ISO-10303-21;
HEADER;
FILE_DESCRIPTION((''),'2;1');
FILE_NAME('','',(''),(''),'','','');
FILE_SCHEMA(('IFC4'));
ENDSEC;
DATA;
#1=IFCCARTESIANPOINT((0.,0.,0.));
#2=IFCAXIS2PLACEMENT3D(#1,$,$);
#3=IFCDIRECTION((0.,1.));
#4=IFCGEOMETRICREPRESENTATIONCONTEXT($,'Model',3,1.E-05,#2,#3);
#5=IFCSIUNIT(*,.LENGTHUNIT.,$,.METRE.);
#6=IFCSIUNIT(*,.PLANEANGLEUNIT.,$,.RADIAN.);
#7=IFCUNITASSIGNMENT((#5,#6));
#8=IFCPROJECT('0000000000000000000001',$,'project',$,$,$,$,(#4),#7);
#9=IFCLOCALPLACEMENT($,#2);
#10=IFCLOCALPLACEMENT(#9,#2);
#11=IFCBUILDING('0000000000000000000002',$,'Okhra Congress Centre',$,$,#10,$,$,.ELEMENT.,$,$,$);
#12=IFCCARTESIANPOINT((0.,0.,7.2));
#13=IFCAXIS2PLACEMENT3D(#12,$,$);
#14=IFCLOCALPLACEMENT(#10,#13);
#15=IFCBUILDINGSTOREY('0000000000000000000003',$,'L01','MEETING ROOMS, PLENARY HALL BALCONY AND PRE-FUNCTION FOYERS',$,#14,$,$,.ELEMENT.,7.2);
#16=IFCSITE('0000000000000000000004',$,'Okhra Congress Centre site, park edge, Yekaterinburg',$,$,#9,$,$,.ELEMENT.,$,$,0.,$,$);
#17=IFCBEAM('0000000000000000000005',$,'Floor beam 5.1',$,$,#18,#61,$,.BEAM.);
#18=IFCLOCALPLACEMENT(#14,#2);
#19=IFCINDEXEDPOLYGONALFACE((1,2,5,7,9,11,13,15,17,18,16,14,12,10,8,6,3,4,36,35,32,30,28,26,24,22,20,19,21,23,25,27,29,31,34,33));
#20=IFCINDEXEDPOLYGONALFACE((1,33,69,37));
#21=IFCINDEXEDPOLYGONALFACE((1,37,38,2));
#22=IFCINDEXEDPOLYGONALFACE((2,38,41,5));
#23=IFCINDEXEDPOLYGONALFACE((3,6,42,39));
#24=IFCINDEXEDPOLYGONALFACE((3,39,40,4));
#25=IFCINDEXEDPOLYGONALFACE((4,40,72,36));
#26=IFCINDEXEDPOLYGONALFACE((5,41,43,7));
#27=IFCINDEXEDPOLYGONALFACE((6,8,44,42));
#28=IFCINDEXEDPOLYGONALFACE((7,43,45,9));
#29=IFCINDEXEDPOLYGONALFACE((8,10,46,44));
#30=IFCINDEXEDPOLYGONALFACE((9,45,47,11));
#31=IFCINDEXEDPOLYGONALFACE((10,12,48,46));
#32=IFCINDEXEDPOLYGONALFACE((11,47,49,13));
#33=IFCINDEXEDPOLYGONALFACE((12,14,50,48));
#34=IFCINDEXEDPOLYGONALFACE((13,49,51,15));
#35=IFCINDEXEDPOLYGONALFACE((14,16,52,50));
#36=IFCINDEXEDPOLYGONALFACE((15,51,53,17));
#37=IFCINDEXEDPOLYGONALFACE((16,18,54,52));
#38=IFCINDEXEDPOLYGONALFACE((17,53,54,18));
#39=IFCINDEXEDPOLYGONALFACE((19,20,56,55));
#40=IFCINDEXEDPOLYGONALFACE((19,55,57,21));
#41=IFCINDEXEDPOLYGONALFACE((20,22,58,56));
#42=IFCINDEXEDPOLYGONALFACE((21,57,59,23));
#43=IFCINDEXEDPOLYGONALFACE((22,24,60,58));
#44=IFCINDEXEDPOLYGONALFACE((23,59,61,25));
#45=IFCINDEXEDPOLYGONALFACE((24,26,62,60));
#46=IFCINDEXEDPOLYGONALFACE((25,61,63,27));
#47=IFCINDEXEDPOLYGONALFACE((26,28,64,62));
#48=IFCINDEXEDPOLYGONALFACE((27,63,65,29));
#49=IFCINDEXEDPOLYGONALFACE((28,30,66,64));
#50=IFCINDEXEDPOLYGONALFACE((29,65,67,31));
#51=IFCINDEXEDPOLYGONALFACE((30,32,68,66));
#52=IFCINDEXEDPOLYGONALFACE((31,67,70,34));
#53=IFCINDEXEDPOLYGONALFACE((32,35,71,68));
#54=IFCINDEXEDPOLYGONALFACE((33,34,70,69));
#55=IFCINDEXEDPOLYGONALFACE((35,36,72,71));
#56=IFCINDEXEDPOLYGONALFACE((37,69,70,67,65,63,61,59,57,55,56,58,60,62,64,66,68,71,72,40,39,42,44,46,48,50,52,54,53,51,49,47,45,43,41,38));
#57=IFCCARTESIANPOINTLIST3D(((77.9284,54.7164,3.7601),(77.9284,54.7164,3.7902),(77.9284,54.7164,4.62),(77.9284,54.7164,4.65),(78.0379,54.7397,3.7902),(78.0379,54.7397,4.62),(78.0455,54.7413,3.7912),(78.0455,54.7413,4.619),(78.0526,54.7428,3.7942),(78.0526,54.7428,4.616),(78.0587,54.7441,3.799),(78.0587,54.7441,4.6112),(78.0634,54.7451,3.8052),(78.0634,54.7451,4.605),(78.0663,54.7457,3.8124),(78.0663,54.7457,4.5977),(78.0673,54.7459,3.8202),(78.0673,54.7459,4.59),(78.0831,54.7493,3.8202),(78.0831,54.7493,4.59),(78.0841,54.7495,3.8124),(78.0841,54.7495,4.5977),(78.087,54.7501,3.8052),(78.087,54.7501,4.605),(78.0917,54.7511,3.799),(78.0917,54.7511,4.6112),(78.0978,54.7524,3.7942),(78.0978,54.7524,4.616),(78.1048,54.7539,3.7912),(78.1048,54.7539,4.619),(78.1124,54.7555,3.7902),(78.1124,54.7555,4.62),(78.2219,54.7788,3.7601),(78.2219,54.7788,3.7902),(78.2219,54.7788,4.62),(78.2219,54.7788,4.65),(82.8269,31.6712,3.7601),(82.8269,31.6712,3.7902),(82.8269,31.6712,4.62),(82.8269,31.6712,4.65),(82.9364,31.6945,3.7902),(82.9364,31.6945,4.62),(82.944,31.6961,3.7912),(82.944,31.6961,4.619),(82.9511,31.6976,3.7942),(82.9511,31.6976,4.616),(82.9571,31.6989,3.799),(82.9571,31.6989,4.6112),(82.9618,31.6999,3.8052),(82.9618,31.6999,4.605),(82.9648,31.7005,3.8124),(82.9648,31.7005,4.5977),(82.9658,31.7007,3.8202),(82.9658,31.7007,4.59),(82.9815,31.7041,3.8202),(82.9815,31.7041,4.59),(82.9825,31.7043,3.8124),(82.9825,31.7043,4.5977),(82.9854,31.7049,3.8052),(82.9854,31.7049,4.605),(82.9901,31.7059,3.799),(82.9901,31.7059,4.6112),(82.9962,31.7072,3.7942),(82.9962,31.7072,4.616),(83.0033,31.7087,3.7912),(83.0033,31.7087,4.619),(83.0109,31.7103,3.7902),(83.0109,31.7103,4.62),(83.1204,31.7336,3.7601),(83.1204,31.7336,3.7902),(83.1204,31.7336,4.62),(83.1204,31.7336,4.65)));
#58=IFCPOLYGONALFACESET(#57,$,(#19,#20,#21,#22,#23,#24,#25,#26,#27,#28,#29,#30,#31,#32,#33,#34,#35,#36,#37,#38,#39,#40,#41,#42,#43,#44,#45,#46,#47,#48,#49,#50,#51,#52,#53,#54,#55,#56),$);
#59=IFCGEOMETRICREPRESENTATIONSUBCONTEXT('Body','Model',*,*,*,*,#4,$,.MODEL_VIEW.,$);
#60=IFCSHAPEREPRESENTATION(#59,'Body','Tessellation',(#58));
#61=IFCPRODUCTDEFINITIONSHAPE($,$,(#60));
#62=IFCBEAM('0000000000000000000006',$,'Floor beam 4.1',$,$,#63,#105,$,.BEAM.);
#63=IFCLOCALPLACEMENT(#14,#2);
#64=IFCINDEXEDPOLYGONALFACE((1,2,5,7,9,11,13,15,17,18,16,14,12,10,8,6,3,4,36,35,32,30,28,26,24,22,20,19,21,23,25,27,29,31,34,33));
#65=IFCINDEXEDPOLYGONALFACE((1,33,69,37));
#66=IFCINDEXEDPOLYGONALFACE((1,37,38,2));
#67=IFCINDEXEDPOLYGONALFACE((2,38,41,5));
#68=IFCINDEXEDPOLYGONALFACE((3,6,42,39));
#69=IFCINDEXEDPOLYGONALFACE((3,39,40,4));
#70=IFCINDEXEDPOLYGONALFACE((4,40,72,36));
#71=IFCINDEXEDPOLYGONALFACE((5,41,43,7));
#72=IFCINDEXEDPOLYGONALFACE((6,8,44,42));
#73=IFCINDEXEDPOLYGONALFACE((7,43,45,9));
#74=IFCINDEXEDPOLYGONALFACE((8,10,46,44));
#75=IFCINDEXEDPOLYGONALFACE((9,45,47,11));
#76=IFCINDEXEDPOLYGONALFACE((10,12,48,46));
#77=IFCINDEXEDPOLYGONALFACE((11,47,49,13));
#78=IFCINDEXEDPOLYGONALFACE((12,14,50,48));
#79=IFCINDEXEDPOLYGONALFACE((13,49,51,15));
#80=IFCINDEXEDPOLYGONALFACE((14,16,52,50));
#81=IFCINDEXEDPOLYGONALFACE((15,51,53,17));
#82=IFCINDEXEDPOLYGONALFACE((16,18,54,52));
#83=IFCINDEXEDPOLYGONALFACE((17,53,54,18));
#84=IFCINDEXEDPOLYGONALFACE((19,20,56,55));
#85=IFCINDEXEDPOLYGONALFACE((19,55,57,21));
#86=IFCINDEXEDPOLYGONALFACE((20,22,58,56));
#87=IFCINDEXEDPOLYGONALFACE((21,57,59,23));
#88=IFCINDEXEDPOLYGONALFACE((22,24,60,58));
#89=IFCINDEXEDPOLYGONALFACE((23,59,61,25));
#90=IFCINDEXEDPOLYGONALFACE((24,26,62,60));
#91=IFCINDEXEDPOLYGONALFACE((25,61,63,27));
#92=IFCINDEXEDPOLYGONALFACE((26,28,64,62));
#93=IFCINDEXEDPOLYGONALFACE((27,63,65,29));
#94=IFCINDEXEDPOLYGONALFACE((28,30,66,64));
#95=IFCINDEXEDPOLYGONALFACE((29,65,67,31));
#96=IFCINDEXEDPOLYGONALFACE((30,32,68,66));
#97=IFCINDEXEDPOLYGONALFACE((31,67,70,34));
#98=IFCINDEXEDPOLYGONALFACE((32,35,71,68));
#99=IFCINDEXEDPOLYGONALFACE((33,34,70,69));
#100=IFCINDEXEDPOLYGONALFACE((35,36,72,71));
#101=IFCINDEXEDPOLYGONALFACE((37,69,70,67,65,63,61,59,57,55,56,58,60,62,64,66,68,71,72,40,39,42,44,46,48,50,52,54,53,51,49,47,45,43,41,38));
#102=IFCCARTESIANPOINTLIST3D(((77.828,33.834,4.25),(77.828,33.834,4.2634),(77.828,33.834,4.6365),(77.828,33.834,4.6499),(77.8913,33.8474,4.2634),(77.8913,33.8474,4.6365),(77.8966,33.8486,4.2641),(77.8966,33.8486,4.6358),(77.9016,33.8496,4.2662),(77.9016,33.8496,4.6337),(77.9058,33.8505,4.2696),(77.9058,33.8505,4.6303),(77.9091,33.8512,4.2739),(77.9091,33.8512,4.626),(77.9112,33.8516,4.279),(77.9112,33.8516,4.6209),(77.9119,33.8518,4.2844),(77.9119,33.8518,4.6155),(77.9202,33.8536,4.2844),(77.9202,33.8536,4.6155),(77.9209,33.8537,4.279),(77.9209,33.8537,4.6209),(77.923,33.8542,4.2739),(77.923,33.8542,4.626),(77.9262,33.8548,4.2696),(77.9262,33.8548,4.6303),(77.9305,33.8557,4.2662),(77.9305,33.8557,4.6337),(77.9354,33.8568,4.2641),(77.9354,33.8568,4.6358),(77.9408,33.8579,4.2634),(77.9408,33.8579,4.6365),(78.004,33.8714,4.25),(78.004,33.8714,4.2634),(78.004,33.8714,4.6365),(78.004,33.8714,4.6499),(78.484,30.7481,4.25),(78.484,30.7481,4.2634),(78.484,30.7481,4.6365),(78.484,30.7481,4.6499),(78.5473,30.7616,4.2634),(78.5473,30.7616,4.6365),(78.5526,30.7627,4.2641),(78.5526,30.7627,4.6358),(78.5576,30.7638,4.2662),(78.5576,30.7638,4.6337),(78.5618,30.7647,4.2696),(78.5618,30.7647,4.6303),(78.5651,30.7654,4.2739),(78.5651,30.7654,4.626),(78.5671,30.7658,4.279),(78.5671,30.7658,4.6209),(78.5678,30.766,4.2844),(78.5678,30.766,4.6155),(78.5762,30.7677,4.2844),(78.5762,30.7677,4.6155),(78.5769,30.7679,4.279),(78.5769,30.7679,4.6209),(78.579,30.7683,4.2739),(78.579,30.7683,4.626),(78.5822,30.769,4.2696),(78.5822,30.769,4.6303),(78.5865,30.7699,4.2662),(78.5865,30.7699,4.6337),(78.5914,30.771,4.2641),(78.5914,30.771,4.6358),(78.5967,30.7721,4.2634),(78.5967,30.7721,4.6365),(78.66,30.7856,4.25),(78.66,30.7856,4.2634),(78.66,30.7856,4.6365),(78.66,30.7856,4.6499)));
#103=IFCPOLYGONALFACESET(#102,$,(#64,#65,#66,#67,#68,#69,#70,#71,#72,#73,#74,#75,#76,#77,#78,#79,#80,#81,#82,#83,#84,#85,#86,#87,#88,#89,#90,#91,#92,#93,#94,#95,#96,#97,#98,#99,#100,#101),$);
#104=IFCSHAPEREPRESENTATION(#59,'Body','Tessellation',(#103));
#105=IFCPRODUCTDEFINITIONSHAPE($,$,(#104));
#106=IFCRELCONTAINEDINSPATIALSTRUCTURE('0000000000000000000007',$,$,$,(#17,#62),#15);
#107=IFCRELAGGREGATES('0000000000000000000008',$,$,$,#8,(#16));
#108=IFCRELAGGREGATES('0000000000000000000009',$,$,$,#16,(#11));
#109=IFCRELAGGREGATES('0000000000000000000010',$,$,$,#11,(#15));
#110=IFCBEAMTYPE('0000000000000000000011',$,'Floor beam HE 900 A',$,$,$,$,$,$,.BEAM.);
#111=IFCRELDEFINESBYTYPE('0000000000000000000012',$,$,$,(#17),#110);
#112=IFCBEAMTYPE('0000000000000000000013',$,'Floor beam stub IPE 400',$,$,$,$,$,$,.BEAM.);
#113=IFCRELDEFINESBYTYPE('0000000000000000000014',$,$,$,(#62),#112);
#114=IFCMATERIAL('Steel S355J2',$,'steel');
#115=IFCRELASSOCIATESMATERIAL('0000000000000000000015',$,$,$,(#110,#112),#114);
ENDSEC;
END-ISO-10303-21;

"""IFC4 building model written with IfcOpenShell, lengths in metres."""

from ifc_helpers import new_model, si_unit, direction, frame, origin, origin_2d, place, context, subcontext, project, spatial, i_section, extrude, material, material_profile, profile_set, type_object, element, save


model = new_model("IFC4")

# Units and contexts
model_context = context("Model", 3, precision=1e-05, world=origin(), true_north=direction((0.0, 1.0)))
body_context = subcontext(model_context, "Body", "Model", "MODEL_VIEW")
ifc_project = project(units=[si_unit("LENGTHUNIT", "METRE"), si_unit("PLANEANGLEUNIT", "RADIAN")], contexts=[model_context])

# Site, building, storey
site_placement = place(None, origin())
site = spatial("IfcSite", under=ifc_project, at=site_placement, Name="Okhra Congress Centre site, park edge, Yekaterinburg", CompositionType="ELEMENT", RefElevation=0.0)
building_placement = place(site_placement, origin())
building = spatial("IfcBuilding", under=site, at=building_placement, Name="Okhra Congress Centre", CompositionType="ELEMENT")
storey_placement = place(building_placement, frame((0.0, 0.0, 7.2)))
storey = spatial("IfcBuildingStorey", under=building, at=storey_placement, Name="L01", Description="MEETING ROOMS, PLENARY HALL BALCONY AND PRE-FUNCTION FOYERS", CompositionType="ELEMENT", Elevation=7.2)

# Shared definitions
ifc_material_1 = material(Name="Steel S355J2", Category="steel")

# Beams
ifc_material_profile_1 = material_profile(ifc_material_1, i_section(OverallWidth=0.3, OverallDepth=0.8899, WebThickness=0.0161, FlangeThickness=0.03, FilletRadius=0.03, at=origin_2d()), Name="HE 900 A")
ifc_profile_set_1 = profile_set([ifc_material_profile_1], Name="Steel S355J2")
beam_type_1 = type_object("IfcBeamType", Name="Floor beam HE 900 A", PredefinedType="BEAM", material=ifc_profile_set_1)
beam_1_placement = place(storey_placement, frame((82.9736, 31.7024, 4.2051), z_axis=(-0.207913, 0.978147, 0.0), x_axis=(-0.978147, -0.207913, 0.0)))
element("IfcBeam", 1, at=beam_1_placement, inside=storey, type_object=beam_type_1, Name="Floor beam 5.1", PredefinedType="BEAM", context=body_context, shape_type="SweptSolid", body=[
    extrude(i_section(OverallWidth=0.3, OverallDepth=0.8899, WebThickness=0.0161, FlangeThickness=0.03, FilletRadius=0.03, at=origin_2d()), origin(), (0.0, 0.0, 1.0), 23.5601),
])
ifc_material_profile_2 = material_profile(ifc_material_1, i_section(OverallWidth=0.1799, OverallDepth=0.3999, WebThickness=0.0085, FlangeThickness=0.0134, FilletRadius=0.021, at=origin_2d()), Name="IPE 400")
ifc_profile_set_2 = profile_set([ifc_material_profile_2], Name="Steel S355J2")
beam_type_2 = type_object("IfcBeamType", Name="Floor beam stub IPE 400", PredefinedType="BEAM", material=ifc_profile_set_2)
beam_2_placement = place(storey_placement, frame((78.572, 30.7668, 4.45), z_axis=(-0.207933, 0.978143, 0.0), x_axis=(-0.978143, -0.207933, 0.0)))
element("IfcBeam", 2, at=beam_2_placement, inside=storey, type_object=beam_type_2, Name="Floor beam 4.1", PredefinedType="BEAM", context=body_context, shape_type="SweptSolid", body=[
    extrude(i_section(OverallWidth=0.1799, OverallDepth=0.3999, WebThickness=0.0085, FlangeThickness=0.0134, FilletRadius=0.021, at=origin_2d()), origin(), (0.0, 0.0, 1.0), 3.1548),
])

save(model, "model.ifc")
